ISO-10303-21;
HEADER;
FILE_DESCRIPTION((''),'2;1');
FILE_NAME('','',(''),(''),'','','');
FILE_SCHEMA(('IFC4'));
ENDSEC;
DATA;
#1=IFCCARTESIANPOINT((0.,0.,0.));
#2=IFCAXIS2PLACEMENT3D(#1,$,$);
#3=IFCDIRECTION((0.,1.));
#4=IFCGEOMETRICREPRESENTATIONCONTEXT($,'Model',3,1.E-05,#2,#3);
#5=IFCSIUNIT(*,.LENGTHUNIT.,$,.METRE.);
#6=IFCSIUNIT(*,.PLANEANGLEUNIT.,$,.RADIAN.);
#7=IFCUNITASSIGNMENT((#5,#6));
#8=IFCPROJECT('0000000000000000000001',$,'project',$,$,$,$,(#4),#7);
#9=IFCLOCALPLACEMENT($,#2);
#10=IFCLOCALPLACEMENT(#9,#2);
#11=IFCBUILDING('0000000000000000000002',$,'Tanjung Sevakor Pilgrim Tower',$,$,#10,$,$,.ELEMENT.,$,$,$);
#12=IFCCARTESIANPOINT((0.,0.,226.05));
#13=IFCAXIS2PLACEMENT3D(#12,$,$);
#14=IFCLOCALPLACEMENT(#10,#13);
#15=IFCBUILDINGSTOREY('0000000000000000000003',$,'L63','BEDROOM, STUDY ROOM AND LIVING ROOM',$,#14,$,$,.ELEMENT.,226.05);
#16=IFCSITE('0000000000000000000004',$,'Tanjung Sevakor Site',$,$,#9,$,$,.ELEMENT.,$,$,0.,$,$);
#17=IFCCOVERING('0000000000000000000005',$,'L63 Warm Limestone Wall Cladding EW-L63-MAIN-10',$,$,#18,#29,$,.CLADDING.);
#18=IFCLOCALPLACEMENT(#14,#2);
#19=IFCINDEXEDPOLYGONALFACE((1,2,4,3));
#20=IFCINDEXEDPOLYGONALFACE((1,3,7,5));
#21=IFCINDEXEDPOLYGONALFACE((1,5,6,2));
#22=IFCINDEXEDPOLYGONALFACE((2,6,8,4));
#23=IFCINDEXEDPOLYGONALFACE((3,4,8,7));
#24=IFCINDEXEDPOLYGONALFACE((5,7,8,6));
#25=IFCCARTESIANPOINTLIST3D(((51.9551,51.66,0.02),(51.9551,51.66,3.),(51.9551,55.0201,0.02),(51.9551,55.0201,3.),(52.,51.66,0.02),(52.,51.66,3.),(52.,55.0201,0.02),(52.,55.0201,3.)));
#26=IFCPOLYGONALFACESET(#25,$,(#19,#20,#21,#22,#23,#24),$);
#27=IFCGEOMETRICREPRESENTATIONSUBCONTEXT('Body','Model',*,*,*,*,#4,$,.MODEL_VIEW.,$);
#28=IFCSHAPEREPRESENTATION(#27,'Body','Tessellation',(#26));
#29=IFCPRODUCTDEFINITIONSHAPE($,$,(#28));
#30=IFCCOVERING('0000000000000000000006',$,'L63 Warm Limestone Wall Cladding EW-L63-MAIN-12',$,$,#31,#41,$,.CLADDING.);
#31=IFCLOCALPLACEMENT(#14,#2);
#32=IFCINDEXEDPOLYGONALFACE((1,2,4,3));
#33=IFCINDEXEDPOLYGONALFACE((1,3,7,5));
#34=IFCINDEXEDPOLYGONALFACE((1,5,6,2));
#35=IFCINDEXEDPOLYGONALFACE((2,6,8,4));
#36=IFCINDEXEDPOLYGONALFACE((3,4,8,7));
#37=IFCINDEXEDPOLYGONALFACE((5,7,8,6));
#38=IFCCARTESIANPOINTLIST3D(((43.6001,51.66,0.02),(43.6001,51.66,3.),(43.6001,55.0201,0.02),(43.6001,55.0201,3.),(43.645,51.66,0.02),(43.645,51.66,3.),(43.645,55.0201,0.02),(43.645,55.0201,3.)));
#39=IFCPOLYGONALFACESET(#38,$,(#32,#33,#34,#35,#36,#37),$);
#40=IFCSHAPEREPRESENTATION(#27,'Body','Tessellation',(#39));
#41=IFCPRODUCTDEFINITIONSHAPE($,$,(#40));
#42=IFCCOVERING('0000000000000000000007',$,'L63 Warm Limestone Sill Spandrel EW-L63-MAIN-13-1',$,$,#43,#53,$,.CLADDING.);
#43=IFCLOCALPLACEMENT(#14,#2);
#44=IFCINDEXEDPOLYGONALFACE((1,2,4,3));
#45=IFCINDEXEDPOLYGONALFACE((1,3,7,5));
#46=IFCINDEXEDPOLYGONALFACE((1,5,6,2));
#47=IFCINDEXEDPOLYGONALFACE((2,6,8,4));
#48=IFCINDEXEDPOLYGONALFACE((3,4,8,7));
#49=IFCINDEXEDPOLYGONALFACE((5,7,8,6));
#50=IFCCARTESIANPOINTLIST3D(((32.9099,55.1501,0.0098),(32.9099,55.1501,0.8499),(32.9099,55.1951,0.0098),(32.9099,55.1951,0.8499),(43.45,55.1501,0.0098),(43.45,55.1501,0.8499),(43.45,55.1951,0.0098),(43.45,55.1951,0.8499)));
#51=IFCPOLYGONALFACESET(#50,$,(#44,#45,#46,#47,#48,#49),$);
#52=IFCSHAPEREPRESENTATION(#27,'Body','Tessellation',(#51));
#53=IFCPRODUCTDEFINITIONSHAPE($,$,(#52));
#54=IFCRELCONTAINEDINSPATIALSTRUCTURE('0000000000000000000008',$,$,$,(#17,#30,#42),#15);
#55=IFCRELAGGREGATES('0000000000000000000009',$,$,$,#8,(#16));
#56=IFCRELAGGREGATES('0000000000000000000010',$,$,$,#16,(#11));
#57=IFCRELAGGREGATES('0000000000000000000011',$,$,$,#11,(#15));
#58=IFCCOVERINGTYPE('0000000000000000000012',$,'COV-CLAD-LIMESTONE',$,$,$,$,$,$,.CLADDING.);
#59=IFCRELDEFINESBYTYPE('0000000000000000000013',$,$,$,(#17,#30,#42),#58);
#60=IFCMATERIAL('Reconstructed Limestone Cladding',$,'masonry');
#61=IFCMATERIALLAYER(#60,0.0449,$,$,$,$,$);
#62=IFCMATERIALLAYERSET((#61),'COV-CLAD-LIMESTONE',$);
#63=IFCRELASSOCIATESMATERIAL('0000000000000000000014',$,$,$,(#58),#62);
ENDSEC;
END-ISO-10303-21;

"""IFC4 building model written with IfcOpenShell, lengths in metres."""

from ifc_helpers import new_model, si_unit, direction, frame, origin, origin_2d, place, context, subcontext, project, spatial, rectangle, extrude, material, layer, layer_set, type_object, element, save


model = new_model("IFC4")

# Units and contexts
model_context = context("Model", 3, precision=1e-05, world=origin(), true_north=direction((0.0, 1.0)))
body_context = subcontext(model_context, "Body", "Model", "MODEL_VIEW")
ifc_project = project(units=[si_unit("LENGTHUNIT", "METRE"), si_unit("PLANEANGLEUNIT", "RADIAN")], contexts=[model_context])

# Site, building, storey
site_placement = place(None, origin())
site = spatial("IfcSite", under=ifc_project, at=site_placement, Name="Tanjung Sevakor Site", CompositionType="ELEMENT", RefElevation=0.0)
building_placement = place(site_placement, origin())
building = spatial("IfcBuilding", under=site, at=building_placement, Name="Tanjung Sevakor Pilgrim Tower", CompositionType="ELEMENT")
storey_placement = place(building_placement, frame((0.0, 0.0, 226.05)))
storey = spatial("IfcBuildingStorey", under=building, at=storey_placement, Name="L63", Description="BEDROOM, STUDY ROOM AND LIVING ROOM", CompositionType="ELEMENT", Elevation=226.05)

# Coverings
ifc_material_1 = material(Name="Reconstructed Limestone Cladding", Category="masonry")
ifc_layer_1 = layer(ifc_material_1, 0.0449)
ifc_layer_set_1 = layer_set([ifc_layer_1], Name="COV-CLAD-LIMESTONE")
covering_type = type_object("IfcCoveringType", Name="COV-CLAD-LIMESTONE", PredefinedType="CLADDING", material=ifc_layer_set_1)
for number, where, z_axis, x_axis, name in (
    (1, (51.9775, 53.3401, 0.02), (0.0, 0.0, 1.0), (0.0, -1.0, 0.0), "L63 Warm Limestone Wall Cladding EW-L63-MAIN-10"),
    (2, (43.6226, 53.3401, 0.02), (0.0, 0.0, 1.0), (0.0, 1.0, 0.0), "L63 Warm Limestone Wall Cladding EW-L63-MAIN-12"),
):
    element("IfcCovering", number, at=place(storey_placement, frame(where, z_axis=z_axis, x_axis=x_axis)), inside=storey, type_object=covering_type, Name=name, PredefinedType="CLADDING", context=body_context, shape_type="SweptSolid", body=[
        extrude(rectangle(XDim=3.3601, YDim=0.0449, at=origin_2d()), origin(), (0.0, 0.0, 1.0), 2.98),
    ])
covering_placement = place(storey_placement, frame((38.1799, 55.1726, 0.0098), z_axis=(0.0, 0.0, 1.0), x_axis=(-1.0, 0.0, 0.0)))
element("IfcCovering", 3, at=covering_placement, inside=storey, type_object=covering_type, Name="L63 Warm Limestone Sill Spandrel EW-L63-MAIN-13-1", PredefinedType="CLADDING", context=body_context, shape_type="SweptSolid", body=[
    extrude(rectangle(XDim=10.54, YDim=0.0449, at=origin_2d()), origin(), (0.0, 0.0, 1.0), 0.8401),
])

save(model, "model.ifc")
